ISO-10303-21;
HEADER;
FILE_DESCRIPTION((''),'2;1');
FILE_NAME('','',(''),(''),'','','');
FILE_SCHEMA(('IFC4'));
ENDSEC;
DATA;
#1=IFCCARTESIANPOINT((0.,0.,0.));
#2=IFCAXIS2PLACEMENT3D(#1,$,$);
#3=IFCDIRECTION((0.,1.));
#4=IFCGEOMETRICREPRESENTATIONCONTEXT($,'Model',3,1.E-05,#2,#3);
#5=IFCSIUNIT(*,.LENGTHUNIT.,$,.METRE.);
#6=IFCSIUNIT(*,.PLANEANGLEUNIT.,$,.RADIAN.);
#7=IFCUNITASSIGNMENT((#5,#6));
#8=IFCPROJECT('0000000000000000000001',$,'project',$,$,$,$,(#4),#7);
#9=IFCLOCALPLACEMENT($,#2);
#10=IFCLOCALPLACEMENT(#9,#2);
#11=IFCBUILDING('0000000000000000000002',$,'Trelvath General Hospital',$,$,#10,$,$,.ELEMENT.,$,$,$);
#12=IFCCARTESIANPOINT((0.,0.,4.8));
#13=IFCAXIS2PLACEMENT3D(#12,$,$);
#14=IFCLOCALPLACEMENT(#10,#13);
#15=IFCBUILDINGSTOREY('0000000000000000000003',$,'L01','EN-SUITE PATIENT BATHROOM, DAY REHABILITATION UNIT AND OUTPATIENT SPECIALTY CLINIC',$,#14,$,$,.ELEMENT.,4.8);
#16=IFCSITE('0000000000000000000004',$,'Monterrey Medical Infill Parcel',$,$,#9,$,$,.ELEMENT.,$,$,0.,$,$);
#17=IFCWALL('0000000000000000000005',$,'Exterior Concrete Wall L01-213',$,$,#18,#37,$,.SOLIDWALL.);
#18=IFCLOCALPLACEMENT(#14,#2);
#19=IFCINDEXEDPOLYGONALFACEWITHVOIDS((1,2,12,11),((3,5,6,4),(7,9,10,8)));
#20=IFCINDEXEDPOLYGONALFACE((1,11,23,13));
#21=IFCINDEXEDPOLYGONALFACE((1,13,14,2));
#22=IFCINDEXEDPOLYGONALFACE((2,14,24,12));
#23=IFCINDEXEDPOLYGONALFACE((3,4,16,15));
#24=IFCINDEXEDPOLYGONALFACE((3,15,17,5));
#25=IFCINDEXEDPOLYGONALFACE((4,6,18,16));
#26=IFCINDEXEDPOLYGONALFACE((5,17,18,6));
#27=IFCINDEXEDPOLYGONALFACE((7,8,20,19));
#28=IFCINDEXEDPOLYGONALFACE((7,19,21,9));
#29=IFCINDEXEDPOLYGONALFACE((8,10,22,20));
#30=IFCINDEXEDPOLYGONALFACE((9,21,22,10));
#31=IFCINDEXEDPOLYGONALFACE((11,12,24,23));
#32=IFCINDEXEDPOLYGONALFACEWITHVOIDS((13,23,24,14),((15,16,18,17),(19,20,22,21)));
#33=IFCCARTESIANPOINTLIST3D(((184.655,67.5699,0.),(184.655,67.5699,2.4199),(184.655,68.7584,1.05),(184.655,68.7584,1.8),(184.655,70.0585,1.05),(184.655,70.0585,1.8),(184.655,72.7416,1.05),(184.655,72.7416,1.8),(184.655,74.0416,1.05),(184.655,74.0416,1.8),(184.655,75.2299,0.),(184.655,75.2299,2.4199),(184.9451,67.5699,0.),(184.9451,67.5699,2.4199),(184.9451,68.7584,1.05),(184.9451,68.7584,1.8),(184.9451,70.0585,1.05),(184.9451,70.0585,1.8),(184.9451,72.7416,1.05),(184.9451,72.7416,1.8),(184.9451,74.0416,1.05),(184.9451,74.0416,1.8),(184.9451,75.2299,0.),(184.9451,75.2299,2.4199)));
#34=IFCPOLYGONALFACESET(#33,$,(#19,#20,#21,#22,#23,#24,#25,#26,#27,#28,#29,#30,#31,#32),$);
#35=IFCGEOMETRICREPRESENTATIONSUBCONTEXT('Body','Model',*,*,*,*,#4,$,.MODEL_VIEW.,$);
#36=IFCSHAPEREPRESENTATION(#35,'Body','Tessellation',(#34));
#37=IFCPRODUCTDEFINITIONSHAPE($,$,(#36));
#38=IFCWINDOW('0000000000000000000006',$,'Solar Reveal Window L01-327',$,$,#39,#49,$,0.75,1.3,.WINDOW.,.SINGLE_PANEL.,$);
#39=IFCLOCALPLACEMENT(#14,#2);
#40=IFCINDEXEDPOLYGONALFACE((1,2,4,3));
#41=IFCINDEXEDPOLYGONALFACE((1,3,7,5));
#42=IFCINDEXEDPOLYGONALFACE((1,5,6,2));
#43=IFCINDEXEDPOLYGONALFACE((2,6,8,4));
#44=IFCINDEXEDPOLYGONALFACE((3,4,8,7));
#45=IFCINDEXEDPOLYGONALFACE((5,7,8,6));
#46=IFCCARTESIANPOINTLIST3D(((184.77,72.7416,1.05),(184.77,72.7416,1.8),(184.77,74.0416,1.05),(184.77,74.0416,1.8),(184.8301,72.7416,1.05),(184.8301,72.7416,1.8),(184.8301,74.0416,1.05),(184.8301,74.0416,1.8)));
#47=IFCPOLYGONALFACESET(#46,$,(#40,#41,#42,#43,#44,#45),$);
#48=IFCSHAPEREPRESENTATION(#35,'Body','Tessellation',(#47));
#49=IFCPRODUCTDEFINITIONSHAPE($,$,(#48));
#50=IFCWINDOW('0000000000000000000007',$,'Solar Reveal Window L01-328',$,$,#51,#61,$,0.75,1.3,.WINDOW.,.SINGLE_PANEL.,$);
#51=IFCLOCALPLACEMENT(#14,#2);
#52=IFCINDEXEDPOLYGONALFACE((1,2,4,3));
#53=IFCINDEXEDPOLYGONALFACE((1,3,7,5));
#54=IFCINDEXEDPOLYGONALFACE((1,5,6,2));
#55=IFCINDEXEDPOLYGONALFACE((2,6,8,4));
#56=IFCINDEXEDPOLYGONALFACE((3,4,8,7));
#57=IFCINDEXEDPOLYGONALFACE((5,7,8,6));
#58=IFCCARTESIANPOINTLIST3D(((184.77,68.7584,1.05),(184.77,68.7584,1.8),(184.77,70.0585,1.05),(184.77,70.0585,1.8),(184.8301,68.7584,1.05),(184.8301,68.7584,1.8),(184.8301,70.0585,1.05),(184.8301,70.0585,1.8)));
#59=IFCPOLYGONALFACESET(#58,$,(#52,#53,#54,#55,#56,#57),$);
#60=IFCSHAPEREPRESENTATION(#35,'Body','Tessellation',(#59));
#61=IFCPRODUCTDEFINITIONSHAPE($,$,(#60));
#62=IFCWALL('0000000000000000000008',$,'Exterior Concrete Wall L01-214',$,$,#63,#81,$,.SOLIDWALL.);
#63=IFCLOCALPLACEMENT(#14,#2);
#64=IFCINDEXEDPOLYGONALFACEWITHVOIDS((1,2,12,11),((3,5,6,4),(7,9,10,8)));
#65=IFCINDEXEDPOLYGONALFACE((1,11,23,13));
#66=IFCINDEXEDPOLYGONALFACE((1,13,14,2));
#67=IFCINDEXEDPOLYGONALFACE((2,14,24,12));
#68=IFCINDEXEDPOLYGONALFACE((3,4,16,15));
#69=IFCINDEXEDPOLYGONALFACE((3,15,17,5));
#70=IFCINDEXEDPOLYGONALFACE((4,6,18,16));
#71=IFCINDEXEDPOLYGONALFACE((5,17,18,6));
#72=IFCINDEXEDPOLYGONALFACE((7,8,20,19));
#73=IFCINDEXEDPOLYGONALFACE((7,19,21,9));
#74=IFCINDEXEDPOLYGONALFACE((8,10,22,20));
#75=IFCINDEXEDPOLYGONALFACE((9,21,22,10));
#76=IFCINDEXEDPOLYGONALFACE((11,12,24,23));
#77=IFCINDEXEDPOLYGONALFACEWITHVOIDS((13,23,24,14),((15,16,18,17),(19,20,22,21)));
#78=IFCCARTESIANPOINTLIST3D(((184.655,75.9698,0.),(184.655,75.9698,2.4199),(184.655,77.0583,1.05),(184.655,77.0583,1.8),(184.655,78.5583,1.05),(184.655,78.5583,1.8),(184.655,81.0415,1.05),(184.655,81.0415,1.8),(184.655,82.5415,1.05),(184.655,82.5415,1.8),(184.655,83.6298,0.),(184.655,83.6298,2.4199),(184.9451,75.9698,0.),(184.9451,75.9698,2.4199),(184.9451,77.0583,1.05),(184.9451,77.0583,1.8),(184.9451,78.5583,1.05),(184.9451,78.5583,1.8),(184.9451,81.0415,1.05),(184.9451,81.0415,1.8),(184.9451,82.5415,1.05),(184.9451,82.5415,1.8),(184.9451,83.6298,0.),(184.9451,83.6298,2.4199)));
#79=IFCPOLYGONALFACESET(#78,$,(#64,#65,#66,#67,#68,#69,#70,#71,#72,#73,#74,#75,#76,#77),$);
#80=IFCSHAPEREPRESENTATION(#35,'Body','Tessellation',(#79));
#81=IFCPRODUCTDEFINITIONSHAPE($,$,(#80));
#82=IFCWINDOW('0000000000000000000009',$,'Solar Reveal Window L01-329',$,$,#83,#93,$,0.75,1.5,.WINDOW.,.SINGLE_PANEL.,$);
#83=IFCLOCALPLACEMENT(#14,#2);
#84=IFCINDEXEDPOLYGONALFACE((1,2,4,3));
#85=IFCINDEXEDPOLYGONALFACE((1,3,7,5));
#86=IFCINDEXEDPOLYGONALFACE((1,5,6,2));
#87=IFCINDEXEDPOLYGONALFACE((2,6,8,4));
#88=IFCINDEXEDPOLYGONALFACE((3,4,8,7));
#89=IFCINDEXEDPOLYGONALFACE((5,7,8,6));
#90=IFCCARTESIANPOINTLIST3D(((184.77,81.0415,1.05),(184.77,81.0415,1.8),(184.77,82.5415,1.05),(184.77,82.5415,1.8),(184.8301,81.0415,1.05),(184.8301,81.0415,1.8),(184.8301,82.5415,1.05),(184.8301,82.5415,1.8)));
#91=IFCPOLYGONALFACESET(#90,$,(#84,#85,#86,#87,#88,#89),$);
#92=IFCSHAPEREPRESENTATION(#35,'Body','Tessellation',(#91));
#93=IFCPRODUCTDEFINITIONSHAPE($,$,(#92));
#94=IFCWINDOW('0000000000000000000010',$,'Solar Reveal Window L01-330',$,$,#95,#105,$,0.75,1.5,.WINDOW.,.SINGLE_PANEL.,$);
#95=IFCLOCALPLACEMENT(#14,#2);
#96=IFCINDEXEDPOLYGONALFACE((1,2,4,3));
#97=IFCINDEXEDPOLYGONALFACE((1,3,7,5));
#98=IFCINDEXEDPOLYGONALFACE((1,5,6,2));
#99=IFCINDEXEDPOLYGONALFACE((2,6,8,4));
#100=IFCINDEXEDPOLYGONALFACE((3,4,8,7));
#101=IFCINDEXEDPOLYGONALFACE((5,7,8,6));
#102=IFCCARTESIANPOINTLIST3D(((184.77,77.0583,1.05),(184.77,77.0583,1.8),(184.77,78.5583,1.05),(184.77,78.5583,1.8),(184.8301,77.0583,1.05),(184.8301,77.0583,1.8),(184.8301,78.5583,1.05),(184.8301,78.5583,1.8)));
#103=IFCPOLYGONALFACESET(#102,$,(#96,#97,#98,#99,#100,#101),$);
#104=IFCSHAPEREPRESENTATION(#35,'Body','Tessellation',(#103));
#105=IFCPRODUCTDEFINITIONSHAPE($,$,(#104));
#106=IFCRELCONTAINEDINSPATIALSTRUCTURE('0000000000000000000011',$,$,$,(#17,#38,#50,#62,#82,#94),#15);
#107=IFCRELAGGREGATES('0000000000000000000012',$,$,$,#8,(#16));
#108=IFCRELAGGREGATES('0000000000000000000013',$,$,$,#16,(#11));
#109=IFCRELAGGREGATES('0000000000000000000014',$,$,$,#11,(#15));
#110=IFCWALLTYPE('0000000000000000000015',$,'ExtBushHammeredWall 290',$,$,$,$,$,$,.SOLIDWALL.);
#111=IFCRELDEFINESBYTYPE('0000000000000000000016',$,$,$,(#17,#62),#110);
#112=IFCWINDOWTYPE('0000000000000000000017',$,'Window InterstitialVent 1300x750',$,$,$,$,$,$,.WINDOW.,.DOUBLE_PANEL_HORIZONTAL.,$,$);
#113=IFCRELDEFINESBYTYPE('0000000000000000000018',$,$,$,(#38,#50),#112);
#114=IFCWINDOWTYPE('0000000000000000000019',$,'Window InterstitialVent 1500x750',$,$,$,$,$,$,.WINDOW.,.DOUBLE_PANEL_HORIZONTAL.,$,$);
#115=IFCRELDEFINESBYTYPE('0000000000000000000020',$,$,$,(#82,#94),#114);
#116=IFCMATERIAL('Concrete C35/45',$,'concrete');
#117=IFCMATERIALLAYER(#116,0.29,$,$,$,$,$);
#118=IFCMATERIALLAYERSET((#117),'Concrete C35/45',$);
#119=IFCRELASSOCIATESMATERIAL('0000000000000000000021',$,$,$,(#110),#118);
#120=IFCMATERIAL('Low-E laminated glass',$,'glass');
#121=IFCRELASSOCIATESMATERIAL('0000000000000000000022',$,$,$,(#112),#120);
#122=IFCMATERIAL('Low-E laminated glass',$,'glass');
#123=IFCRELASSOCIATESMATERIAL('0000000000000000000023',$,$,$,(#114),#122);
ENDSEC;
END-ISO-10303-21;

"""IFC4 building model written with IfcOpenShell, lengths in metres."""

from ifc_helpers import new_model, si_unit, direction, frame, frame_2d, origin, place, context, subcontext, project, spatial, rectangle, extrude, material, layer, layer_set, type_object, element, fill, save


model = new_model("IFC4")

# Units and contexts
model_context = context("Model", 3, precision=1e-05, world=origin(), true_north=direction((0.0, 1.0)))
body_context = subcontext(model_context, "Body", "Model", "MODEL_VIEW")
ifc_project = project(units=[si_unit("LENGTHUNIT", "METRE"), si_unit("PLANEANGLEUNIT", "RADIAN")], contexts=[model_context])

# Site, building, storey
site_placement = place(None, origin())
site = spatial("IfcSite", under=ifc_project, at=site_placement, Name="Monterrey Medical Infill Parcel", CompositionType="ELEMENT", RefElevation=0.0)
building_placement = place(site_placement, origin())
building = spatial("IfcBuilding", under=site, at=building_placement, Name="Trelvath General Hospital", CompositionType="ELEMENT")
storey_placement = place(building_placement, frame((0.0, 0.0, 4.8)))
storey = spatial("IfcBuildingStorey", under=building, at=storey_placement, Name="L01", Description="EN-SUITE PATIENT BATHROOM, DAY REHABILITATION UNIT AND OUTPATIENT SPECIALTY CLINIC", CompositionType="ELEMENT", Elevation=4.8)

# Walls, openings, windows
ifc_material_1 = material(Name="Concrete C35/45", Category="concrete")
ifc_layer_1 = layer(ifc_material_1, 0.29)
ifc_layer_set_1 = layer_set([ifc_layer_1], Name="Concrete C35/45")
wall_type_1 = type_object("IfcWallType", Name="ExtBushHammeredWall 290", PredefinedType="SOLIDWALL", material=ifc_layer_set_1)
wall_1_placement = place(storey_placement, frame((184.8, 75.23, 0.0), z_axis=(0.0, 0.0, 1.0), x_axis=(0.0, -1.0, 0.0)))
wall_1 = element("IfcWall", 1, at=wall_1_placement, inside=storey, type_object=wall_type_1, Name="Exterior Concrete Wall L01-213", PredefinedType="SOLIDWALL", context=body_context, shape_type="SweptSolid", body=[
    extrude(rectangle(XDim=7.6599, YDim=0.29, at=frame_2d((3.8301, 0.0))), origin(), (0.0, 0.0, 1.0), 2.4199),
])
opening_1_placement = place(wall_1_placement, frame((1.1885, 0.0, 1.05)))
opening_1 = element("IfcOpeningElement", 2, at=opening_1_placement, cuts=wall_1, PredefinedType="OPENING", context=body_context, shape_type="SweptSolid", body=[
    extrude(rectangle(XDim=1.3, YDim=0.75, at=frame_2d((0.6499, 0.375))), frame((0.0, 0.155, 0.0), z_axis=(0.0, -1.0, 0.0), x_axis=(1.0, 0.0, 0.0)), (0.0, 0.0, 1.0), 0.3101),
])
opening_2_placement = place(wall_1_placement, frame((5.1716, 0.0, 1.05)))
opening_2 = element("IfcOpeningElement", 3, at=opening_2_placement, cuts=wall_1, PredefinedType="OPENING", context=body_context, shape_type="SweptSolid", body=[
    extrude(rectangle(XDim=1.3, YDim=0.75, at=frame_2d((0.6499, 0.375))), frame((0.0, 0.155, 0.0), z_axis=(0.0, -1.0, 0.0), x_axis=(1.0, 0.0, 0.0)), (0.0, 0.0, 1.0), 0.3101),
])
ifc_material_2 = material(Name="Low-E laminated glass", Category="glass")
window_type_1 = type_object("IfcWindowType", Name="Window InterstitialVent 1300x750", PartitioningType="DOUBLE_PANEL_HORIZONTAL", PredefinedType="WINDOW", material=ifc_material_2)
window_1_placement = place(opening_1_placement, origin())
window_1 = element("IfcWindow", 4, at=window_1_placement, inside=storey, type_object=window_type_1, Name="Solar Reveal Window L01-327", OverallHeight=0.75, OverallWidth=1.3, PartitioningType="SINGLE_PANEL", PredefinedType="WINDOW", context=body_context, shape_type="SweptSolid", body=[
    extrude(rectangle(XDim=1.3, YDim=0.75, at=frame_2d((0.6499, 0.375))), frame((0.0, 0.03, 0.0), z_axis=(0.0, -1.0, 0.0), x_axis=(1.0, 0.0, 0.0)), (0.0, 0.0, 1.0), 0.0601),
])
fill(opening_1, window_1)
window_2_placement = place(opening_2_placement, origin())
window_2 = element("IfcWindow", 5, at=window_2_placement, inside=storey, type_object=window_type_1, Name="Solar Reveal Window L01-328", OverallHeight=0.75, OverallWidth=1.3, PartitioningType="SINGLE_PANEL", PredefinedType="WINDOW", context=body_context, shape_type="SweptSolid", body=[
    extrude(rectangle(XDim=1.3, YDim=0.75, at=frame_2d((0.6499, 0.375))), frame((0.0, 0.03, 0.0), z_axis=(0.0, -1.0, 0.0), x_axis=(1.0, 0.0, 0.0)), (0.0, 0.0, 1.0), 0.0601),
])
fill(opening_2, window_2)
wall_2_placement = place(storey_placement, frame((184.8, 83.6299, 0.0), z_axis=(0.0, 0.0, 1.0), x_axis=(0.0, -1.0, 0.0)))
wall_2 = element("IfcWall", 6, at=wall_2_placement, inside=storey, type_object=wall_type_1, Name="Exterior Concrete Wall L01-214", PredefinedType="SOLIDWALL", context=body_context, shape_type="SweptSolid", body=[
    extrude(rectangle(XDim=7.6599, YDim=0.29, at=frame_2d((3.8301, 0.0))), origin(), (0.0, 0.0, 1.0), 2.4199),
])
opening_3_placement = place(wall_2_placement, frame((1.0884, 0.0, 1.05)))
opening_3 = element("IfcOpeningElement", 7, at=opening_3_placement, cuts=wall_2, PredefinedType="OPENING", context=body_context, shape_type="SweptSolid", body=[
    extrude(rectangle(XDim=1.5, YDim=0.75, at=frame_2d((0.75, 0.375))), frame((0.0, 0.155, 0.0), z_axis=(0.0, -1.0, 0.0), x_axis=(1.0, 0.0, 0.0)), (0.0, 0.0, 1.0), 0.3101),
])
opening_4_placement = place(wall_2_placement, frame((5.0715, 0.0, 1.05)))
opening_4 = element("IfcOpeningElement", 8, at=opening_4_placement, cuts=wall_2, PredefinedType="OPENING", context=body_context, shape_type="SweptSolid", body=[
    extrude(rectangle(XDim=1.5, YDim=0.75, at=frame_2d((0.75, 0.375))), frame((0.0, 0.155, 0.0), z_axis=(0.0, -1.0, 0.0), x_axis=(1.0, 0.0, 0.0)), (0.0, 0.0, 1.0), 0.3101),
])
ifc_material_3 = material(Name="Low-E laminated glass", Category="glass")
window_type_2 = type_object("IfcWindowType", Name="Window InterstitialVent 1500x750", PartitioningType="DOUBLE_PANEL_HORIZONTAL", PredefinedType="WINDOW", material=ifc_material_3)
window_3_placement = place(opening_3_placement, origin())
window_3 = element("IfcWindow", 9, at=window_3_placement, inside=storey, type_object=window_type_2, Name="Solar Reveal Window L01-329", OverallHeight=0.75, OverallWidth=1.5, PartitioningType="SINGLE_PANEL", PredefinedType="WINDOW", context=body_context, shape_type="SweptSolid", body=[
    extrude(rectangle(XDim=1.5, YDim=0.75, at=frame_2d((0.75, 0.375))), frame((0.0, 0.03, 0.0), z_axis=(0.0, -1.0, 0.0), x_axis=(1.0, 0.0, 0.0)), (0.0, 0.0, 1.0), 0.0601),
])
fill(opening_3, window_3)
window_4_placement = place(opening_4_placement, origin())
window_4 = element("IfcWindow", 10, at=window_4_placement, inside=storey, type_object=window_type_2, Name="Solar Reveal Window L01-330", OverallHeight=0.75, OverallWidth=1.5, PartitioningType="SINGLE_PANEL", PredefinedType="WINDOW", context=body_context, shape_type="SweptSolid", body=[
    extrude(rectangle(XDim=1.5, YDim=0.75, at=frame_2d((0.75, 0.375))), frame((0.0, 0.03, 0.0), z_axis=(0.0, -1.0, 0.0), x_axis=(1.0, 0.0, 0.0)), (0.0, 0.0, 1.0), 0.0601),
])
fill(opening_4, window_4)

save(model, "model.ifc")
